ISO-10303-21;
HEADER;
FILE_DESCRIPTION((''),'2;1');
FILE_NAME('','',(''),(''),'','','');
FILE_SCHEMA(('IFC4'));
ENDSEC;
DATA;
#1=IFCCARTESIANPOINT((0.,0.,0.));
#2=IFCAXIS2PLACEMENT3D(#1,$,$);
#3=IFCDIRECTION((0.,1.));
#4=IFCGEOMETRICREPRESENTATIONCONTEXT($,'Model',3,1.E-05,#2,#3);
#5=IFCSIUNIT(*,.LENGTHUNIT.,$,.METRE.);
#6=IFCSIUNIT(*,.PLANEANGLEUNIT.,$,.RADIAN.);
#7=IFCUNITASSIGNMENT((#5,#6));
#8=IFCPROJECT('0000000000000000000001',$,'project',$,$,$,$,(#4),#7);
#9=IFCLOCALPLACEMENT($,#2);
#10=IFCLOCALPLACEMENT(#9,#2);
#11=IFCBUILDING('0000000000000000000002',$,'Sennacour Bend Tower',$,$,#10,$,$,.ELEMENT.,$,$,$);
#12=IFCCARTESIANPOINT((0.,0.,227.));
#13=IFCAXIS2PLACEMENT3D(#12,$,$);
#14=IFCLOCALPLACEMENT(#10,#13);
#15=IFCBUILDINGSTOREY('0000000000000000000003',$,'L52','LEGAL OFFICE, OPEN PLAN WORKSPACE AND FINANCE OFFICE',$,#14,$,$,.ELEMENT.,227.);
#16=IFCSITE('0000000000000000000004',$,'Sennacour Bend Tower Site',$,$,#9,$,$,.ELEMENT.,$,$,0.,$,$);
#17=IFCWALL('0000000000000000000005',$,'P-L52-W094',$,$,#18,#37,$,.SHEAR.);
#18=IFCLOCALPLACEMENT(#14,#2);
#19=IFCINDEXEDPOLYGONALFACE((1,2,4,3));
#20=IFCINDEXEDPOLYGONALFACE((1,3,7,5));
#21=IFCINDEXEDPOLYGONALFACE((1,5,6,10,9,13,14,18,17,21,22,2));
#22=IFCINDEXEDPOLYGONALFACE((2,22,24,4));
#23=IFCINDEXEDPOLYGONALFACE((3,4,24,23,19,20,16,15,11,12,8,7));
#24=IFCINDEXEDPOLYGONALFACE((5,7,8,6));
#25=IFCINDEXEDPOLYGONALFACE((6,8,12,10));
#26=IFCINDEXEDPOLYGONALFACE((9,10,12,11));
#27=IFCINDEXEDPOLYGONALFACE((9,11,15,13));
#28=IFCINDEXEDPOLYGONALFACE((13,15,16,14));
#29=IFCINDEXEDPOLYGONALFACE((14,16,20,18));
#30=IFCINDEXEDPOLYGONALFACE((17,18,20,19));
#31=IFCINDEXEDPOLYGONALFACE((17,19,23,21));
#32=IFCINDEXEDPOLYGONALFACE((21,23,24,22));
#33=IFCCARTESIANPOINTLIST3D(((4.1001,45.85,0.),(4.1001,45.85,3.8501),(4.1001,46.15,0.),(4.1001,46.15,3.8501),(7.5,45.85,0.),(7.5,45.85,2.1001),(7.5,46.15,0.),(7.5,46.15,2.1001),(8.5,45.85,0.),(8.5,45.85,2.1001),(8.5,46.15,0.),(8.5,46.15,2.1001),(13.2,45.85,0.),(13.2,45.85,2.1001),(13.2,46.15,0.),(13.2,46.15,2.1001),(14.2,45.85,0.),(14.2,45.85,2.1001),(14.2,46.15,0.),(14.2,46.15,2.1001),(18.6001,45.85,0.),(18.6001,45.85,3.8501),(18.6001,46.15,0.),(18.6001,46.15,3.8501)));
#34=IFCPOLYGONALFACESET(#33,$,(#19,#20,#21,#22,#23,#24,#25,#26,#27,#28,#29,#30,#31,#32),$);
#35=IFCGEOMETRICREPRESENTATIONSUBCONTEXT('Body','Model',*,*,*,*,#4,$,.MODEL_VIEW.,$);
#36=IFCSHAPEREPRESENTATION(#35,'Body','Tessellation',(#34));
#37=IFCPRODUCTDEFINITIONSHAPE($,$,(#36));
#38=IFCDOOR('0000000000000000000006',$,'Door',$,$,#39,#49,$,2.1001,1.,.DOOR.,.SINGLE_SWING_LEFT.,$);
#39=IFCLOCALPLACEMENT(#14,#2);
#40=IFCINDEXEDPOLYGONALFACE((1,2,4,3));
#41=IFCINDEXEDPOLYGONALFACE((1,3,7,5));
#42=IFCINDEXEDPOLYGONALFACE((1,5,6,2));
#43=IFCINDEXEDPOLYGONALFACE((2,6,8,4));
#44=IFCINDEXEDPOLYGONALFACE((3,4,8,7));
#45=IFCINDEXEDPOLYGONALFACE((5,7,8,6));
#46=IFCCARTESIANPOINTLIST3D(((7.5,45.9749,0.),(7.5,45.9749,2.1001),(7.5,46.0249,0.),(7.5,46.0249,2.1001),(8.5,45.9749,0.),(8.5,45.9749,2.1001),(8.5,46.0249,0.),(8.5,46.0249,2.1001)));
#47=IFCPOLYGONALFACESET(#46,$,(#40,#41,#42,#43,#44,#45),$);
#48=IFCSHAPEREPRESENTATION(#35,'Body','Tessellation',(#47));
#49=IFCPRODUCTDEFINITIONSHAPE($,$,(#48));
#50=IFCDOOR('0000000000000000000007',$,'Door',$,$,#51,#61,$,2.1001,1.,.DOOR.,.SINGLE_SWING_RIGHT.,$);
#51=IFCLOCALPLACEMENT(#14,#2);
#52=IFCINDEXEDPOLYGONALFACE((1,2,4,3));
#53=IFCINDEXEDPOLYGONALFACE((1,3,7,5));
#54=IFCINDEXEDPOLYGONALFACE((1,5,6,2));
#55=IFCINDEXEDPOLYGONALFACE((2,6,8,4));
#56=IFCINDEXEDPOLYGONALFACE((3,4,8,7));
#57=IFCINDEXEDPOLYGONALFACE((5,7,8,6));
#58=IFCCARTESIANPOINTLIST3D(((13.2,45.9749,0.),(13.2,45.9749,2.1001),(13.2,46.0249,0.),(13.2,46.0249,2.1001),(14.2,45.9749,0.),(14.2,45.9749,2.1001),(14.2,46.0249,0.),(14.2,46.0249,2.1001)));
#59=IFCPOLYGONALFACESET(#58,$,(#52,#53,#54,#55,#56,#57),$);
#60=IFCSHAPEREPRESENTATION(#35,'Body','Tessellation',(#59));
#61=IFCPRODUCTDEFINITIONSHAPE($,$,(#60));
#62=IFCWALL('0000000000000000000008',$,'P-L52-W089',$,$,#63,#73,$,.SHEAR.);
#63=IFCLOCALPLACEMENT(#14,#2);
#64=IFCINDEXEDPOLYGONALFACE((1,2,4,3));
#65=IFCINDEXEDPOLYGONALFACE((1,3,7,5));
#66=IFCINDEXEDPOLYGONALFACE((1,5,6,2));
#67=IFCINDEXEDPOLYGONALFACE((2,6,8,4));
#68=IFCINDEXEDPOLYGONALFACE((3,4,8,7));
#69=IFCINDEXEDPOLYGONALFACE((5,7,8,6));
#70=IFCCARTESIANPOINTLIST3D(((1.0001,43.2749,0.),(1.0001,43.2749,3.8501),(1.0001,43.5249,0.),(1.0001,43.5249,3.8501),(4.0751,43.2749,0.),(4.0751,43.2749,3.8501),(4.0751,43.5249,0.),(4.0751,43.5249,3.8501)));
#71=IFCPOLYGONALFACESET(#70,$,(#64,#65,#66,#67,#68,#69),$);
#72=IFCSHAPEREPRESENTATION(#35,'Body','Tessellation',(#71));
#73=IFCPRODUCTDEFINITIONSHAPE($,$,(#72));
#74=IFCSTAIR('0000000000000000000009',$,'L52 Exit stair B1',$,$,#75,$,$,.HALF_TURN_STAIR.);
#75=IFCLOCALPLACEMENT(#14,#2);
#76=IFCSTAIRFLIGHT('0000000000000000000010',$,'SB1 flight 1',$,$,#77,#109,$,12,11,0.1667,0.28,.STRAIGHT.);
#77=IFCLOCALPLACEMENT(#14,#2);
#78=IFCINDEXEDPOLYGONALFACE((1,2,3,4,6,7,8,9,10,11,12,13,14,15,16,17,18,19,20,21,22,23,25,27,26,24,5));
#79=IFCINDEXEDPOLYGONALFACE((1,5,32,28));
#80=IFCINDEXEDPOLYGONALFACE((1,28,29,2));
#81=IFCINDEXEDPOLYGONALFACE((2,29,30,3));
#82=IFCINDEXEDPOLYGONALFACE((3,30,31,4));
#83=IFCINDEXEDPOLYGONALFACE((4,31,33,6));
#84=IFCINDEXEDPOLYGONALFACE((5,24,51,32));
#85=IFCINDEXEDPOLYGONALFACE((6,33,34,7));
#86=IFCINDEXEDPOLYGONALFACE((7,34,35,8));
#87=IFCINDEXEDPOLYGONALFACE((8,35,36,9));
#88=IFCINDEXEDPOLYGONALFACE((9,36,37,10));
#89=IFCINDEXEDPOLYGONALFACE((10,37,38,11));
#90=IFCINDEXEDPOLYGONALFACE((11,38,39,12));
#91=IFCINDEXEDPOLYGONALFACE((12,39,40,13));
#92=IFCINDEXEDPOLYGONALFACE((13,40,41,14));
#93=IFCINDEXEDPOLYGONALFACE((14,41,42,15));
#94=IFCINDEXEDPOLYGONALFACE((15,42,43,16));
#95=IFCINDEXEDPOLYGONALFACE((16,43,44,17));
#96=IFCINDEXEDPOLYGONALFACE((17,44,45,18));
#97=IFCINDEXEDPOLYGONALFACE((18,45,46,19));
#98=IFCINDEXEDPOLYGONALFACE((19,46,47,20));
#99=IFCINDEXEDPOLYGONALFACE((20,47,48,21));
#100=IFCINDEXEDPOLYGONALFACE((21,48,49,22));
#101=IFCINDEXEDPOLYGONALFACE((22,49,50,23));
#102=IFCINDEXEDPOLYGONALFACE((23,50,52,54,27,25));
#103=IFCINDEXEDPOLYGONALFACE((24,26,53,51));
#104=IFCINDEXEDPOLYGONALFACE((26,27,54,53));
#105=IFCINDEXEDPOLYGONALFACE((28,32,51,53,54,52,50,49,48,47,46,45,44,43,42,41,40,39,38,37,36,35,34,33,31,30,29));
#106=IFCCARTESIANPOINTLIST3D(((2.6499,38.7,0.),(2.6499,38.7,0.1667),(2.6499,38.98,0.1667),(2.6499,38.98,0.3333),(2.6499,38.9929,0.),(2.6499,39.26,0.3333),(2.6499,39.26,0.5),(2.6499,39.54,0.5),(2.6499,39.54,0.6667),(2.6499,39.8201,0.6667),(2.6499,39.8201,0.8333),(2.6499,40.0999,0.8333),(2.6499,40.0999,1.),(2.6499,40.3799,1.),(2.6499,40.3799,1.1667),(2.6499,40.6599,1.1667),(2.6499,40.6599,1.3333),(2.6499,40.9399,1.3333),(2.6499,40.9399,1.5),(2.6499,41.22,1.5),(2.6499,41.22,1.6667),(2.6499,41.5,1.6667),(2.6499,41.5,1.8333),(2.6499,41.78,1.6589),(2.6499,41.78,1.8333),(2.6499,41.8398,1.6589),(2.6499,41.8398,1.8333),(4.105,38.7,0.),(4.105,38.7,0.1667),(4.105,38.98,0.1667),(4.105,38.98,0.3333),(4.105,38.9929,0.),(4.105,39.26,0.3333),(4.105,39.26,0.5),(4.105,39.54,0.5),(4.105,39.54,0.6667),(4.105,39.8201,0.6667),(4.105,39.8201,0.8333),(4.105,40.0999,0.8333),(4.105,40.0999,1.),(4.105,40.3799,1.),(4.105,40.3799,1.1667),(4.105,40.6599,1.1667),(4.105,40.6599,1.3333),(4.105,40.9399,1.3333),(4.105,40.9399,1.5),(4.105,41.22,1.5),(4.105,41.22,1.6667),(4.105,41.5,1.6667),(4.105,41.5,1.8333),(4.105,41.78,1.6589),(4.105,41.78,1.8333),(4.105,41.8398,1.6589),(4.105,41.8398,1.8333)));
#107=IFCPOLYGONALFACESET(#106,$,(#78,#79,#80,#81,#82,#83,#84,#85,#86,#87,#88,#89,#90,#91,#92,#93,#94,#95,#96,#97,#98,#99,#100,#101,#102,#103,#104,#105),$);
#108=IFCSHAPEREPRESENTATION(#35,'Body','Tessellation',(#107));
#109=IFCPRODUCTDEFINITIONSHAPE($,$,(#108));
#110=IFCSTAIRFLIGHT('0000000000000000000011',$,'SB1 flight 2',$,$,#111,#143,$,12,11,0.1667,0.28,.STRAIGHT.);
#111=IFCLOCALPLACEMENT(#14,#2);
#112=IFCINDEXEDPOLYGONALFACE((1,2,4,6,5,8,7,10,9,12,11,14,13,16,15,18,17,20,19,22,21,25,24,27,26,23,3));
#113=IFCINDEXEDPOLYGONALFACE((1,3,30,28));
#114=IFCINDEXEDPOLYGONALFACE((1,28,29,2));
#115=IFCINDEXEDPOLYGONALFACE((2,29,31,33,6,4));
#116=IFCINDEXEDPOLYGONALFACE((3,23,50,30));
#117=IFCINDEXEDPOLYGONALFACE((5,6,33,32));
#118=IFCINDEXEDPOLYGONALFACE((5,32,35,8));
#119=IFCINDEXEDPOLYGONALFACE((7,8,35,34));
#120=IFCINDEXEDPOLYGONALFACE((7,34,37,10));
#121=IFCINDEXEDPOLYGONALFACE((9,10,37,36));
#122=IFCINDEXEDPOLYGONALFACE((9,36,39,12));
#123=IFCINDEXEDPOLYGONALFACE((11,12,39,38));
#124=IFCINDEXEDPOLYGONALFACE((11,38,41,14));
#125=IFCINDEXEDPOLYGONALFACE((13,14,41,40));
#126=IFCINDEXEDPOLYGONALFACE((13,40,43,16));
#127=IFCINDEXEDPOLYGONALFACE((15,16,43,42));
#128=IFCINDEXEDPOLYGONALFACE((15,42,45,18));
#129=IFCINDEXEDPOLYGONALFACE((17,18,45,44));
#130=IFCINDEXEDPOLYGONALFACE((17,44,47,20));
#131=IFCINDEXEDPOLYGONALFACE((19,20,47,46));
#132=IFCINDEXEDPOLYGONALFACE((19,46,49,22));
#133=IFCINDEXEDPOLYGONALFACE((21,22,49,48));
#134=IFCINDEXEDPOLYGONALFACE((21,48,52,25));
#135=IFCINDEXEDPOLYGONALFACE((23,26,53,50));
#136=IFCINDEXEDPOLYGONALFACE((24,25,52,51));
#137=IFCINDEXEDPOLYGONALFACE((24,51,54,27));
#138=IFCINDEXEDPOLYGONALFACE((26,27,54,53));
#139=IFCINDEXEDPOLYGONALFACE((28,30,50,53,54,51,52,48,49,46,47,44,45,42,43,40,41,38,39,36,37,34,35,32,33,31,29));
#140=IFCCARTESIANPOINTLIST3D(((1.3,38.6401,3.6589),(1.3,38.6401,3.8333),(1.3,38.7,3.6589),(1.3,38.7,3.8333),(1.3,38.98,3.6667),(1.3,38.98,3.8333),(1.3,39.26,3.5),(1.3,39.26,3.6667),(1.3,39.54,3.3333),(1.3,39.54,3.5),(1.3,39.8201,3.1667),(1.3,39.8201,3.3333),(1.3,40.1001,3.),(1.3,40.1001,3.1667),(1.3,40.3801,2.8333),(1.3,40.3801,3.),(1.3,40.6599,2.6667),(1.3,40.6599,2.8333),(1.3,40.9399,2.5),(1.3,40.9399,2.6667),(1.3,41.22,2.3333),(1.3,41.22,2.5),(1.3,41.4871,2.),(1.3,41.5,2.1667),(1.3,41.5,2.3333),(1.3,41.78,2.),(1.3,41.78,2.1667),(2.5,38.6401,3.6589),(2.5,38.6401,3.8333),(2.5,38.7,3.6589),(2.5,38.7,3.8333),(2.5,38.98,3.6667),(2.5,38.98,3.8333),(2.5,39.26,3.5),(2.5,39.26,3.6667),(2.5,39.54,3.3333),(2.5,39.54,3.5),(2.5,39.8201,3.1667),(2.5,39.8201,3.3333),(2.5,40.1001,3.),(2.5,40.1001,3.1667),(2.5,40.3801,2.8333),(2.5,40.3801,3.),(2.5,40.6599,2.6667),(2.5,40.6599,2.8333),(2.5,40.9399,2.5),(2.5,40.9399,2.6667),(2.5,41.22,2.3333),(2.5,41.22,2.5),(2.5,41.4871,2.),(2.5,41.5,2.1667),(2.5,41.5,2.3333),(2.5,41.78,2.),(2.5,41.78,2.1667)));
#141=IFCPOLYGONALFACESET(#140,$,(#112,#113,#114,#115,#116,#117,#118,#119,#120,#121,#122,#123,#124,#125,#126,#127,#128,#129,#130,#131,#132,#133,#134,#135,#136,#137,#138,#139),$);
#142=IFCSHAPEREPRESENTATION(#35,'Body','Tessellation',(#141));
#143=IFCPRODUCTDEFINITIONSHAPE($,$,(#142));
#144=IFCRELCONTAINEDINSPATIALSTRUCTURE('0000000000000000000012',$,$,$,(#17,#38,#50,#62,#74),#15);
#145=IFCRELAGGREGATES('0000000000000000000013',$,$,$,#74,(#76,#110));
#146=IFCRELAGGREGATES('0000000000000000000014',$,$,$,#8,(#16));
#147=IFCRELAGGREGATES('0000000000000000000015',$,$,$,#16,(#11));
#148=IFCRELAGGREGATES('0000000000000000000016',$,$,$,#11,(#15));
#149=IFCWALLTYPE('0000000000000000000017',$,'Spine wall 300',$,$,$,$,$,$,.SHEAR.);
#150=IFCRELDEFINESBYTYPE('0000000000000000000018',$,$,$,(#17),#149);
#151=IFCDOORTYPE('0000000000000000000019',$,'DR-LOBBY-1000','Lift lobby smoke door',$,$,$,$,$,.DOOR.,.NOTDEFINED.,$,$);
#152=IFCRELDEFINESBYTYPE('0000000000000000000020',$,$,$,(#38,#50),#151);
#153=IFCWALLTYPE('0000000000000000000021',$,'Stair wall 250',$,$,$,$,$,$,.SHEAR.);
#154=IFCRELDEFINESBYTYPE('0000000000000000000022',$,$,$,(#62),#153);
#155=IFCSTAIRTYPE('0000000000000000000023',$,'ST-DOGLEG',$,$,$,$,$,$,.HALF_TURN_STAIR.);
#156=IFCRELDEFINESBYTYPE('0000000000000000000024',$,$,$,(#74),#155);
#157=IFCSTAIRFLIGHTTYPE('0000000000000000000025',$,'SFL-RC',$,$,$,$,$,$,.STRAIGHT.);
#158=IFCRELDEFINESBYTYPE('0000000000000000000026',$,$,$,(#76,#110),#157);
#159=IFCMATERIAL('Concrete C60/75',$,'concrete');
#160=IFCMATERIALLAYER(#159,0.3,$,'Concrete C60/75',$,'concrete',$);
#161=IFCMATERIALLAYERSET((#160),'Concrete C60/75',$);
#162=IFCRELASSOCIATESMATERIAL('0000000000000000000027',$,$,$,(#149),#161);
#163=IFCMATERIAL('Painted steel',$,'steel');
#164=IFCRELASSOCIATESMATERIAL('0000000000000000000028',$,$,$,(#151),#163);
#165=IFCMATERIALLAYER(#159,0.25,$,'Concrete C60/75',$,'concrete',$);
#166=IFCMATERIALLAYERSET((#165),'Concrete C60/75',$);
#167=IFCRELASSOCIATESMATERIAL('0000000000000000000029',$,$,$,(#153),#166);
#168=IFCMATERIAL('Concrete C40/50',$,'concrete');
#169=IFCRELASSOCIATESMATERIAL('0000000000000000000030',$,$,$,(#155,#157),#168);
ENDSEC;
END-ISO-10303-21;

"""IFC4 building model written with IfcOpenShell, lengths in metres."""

from ifc_helpers import new_model, si_unit, direction, frame, frame_2d, origin, place, context, subcontext, project, spatial, polyline, rectangle, outline, extrude, material, layer, layer_set, type_object, element, fill, aggregate, save


model = new_model("IFC4")

# Units and contexts
model_context = context("Model", 3, precision=1e-05, world=origin(), true_north=direction((0.0, 1.0)))
body_context = subcontext(model_context, "Body", "Model", "MODEL_VIEW")
ifc_project = project(units=[si_unit("LENGTHUNIT", "METRE"), si_unit("PLANEANGLEUNIT", "RADIAN")], contexts=[model_context])

# Site, building, storey
site_placement = place(None, origin())
site = spatial("IfcSite", under=ifc_project, at=site_placement, Name="Sennacour Bend Tower Site", CompositionType="ELEMENT", RefElevation=0.0)
building_placement = place(site_placement, origin())
building = spatial("IfcBuilding", under=site, at=building_placement, Name="Sennacour Bend Tower", CompositionType="ELEMENT")
storey_placement = place(building_placement, frame((0.0, 0.0, 227.0)))
storey = spatial("IfcBuildingStorey", under=building, at=storey_placement, Name="L52", Description="LEGAL OFFICE, OPEN PLAN WORKSPACE AND FINANCE OFFICE", CompositionType="ELEMENT", Elevation=227.0)

# Shared definitions
ifc_material_1 = material(Name="Concrete C60/75", Category="concrete")

# Shared definitions
ifc_material_2 = material(Name="Painted steel", Category="steel")

# Wall, openings, doors
ifc_layer_1 = layer(ifc_material_1, 0.3, Name="Concrete C60/75", Category="concrete")
ifc_layer_set_1 = layer_set([ifc_layer_1], Name="Concrete C60/75")
wall_type_1 = type_object("IfcWallType", Name="Spine wall 300", PredefinedType="SHEAR", material=ifc_layer_set_1)
wall_1_placement = place(storey_placement, frame((4.1001, 46.0, 0.0), z_axis=(0.0, 0.0, 1.0), x_axis=(1.0, 0.0, 0.0)))
wall_1 = element("IfcWall", 1, at=wall_1_placement, inside=storey, type_object=wall_type_1, Name="P-L52-W094", PredefinedType="SHEAR", context=body_context, shape_type="SweptSolid", body=[
    extrude(rectangle(XDim=14.5, YDim=0.3, at=frame_2d((7.25, 0.0))), origin(), (0.0, 0.0, 1.0), 3.8501),
])
opening_1_placement = place(wall_1_placement, frame((3.3999, 0.0, 0.0)))
opening_1 = element("IfcOpeningElement", 2, at=opening_1_placement, cuts=wall_1, PredefinedType="OPENING", context=body_context, shape_type="SweptSolid", body=[
    extrude(rectangle(XDim=1.0, YDim=2.1001, at=frame_2d((0.5, 1.05))), frame((0.0, 0.1602, 0.0), z_axis=(0.0, -1.0, 0.0), x_axis=(1.0, 0.0, 0.0)), (0.0, 0.0, 1.0), 0.3201),
])
opening_2_placement = place(wall_1_placement, frame((9.0999, 0.0, 0.0)))
opening_2 = element("IfcOpeningElement", 3, at=opening_2_placement, cuts=wall_1, PredefinedType="OPENING", context=body_context, shape_type="SweptSolid", body=[
    extrude(rectangle(XDim=1.0, YDim=2.1001, at=frame_2d((0.5, 1.05))), frame((0.0, 0.1602, 0.0), z_axis=(0.0, -1.0, 0.0), x_axis=(1.0, 0.0, 0.0)), (0.0, 0.0, 1.0), 0.3201),
])
door_type_1 = type_object("IfcDoorType", Name="DR-LOBBY-1000", Description="Lift lobby smoke door", OperationType="NOTDEFINED", PredefinedType="DOOR", material=ifc_material_2)
door_1_placement = place(opening_1_placement, origin())
door_1 = element("IfcDoor", 4, at=door_1_placement, inside=storey, type_object=door_type_1, Name="Door", OperationType="SINGLE_SWING_LEFT", OverallHeight=2.1001, OverallWidth=1.0, PredefinedType="DOOR", context=body_context, shape_type="SweptSolid", body=[
    extrude(rectangle(XDim=1.0, YDim=2.1001, at=frame_2d((0.5, 1.05))), frame((0.0, 0.0249, 0.0), z_axis=(0.0, -1.0, 0.0), x_axis=(1.0, 0.0, 0.0)), (0.0, 0.0, 1.0), 0.05),
])
fill(opening_1, door_1)
door_2_placement = place(opening_2_placement, origin())
door_2 = element("IfcDoor", 5, at=door_2_placement, inside=storey, type_object=door_type_1, Name="Door", OperationType="SINGLE_SWING_RIGHT", OverallHeight=2.1001, OverallWidth=1.0, PredefinedType="DOOR", context=body_context, shape_type="SweptSolid", body=[
    extrude(rectangle(XDim=1.0, YDim=2.1001, at=frame_2d((0.5, 1.05))), frame((0.0, 0.0249, 0.0), z_axis=(0.0, -1.0, 0.0), x_axis=(1.0, 0.0, 0.0)), (0.0, 0.0, 1.0), 0.05),
])
fill(opening_2, door_2)

# Wall
ifc_layer_2 = layer(ifc_material_1, 0.25, Name="Concrete C60/75", Category="concrete")
ifc_layer_set_2 = layer_set([ifc_layer_2], Name="Concrete C60/75")
wall_type_2 = type_object("IfcWallType", Name="Stair wall 250", PredefinedType="SHEAR", material=ifc_layer_set_2)
wall_2_placement = place(storey_placement, frame((1.0, 43.3999, 0.0), z_axis=(0.0, 0.0, 1.0), x_axis=(1.0, 0.0, 0.0)))
element("IfcWall", 6, at=wall_2_placement, inside=storey, type_object=wall_type_2, Name="P-L52-W089", PredefinedType="SHEAR", context=body_context, shape_type="SweptSolid", body=[
    extrude(rectangle(XDim=3.075, YDim=0.25, at=frame_2d((1.5376, 0.0))), origin(), (0.0, 0.0, 1.0), 3.8501),
])

# Stair, stair flights
ifc_material_3 = material(Name="Concrete C40/50", Category="concrete")
stair_type = type_object("IfcStairType", Name="ST-DOGLEG", PredefinedType="HALF_TURN_STAIR", material=ifc_material_3)
stair_placement = place(storey_placement, origin())
stair = element("IfcStair", 7, at=stair_placement, inside=storey, type_object=stair_type, Name="L52 Exit stair B1", PredefinedType="HALF_TURN_STAIR")
stair_flight_type = type_object("IfcStairFlightType", Name="SFL-RC", PredefinedType="STRAIGHT", material=ifc_material_3)
stair_flight_1_placement = place(storey_placement, frame((3.3774, 38.7, 0.0), z_axis=(0.0, 0.0, 1.0), x_axis=(0.0, 1.0, 0.0)))
stair_flight_1 = element("IfcStairFlight", 8, at=stair_flight_1_placement, type_object=stair_flight_type, Name="SB1 flight 1", NumberOfRisers=12, NumberOfTreads=11, PredefinedType="STRAIGHT", RiserHeight=0.1667, TreadLength=0.28, context=body_context, shape_type="SweptSolid", body=[
    extrude(outline(polyline([(0.0, 0.0), (0.0, 0.1667), (0.28, 0.1667), (0.28, 0.3333), (0.5601, 0.3333), (0.5601, 0.5), (0.8401, 0.5), (0.8401, 0.6667), (1.1201, 0.6667), (1.1201, 0.8333), (1.3999, 0.8333), (1.3999, 1.0), (1.6799, 1.0), (1.6799, 1.1667), (1.96, 1.1667), (1.96, 1.3333), (2.24, 1.3333), (2.24, 1.5), (2.52, 1.5), (2.52, 1.6667), (2.8, 1.6667), (2.8, 1.8333), (3.0801, 1.8333), (3.1399, 1.8333), (3.1399, 1.6589), (3.0801, 1.6589), (0.293, 0.0), (0.0, 0.0)])), frame((0.0, 0.7275, 0.0), z_axis=(0.0, -1.0, 0.0), x_axis=(1.0, 0.0, 0.0)), (0.0, 0.0, 1.0), 1.4551),
])
stair_flight_2_placement = place(storey_placement, frame((1.8999, 41.78, 2.0), z_axis=(0.0, 0.0, 1.0), x_axis=(0.0, -1.0, 0.0)))
stair_flight_2 = element("IfcStairFlight", 9, at=stair_flight_2_placement, type_object=stair_flight_type, Name="SB1 flight 2", NumberOfRisers=12, NumberOfTreads=11, PredefinedType="STRAIGHT", RiserHeight=0.1667, TreadLength=0.28, context=body_context, shape_type="SweptSolid", body=[
    extrude(outline(polyline([(0.0, 0.0), (0.0, 0.1667), (0.28, 0.1667), (0.28, 0.3333), (0.5601, 0.3333), (0.5601, 0.5), (0.8401, 0.5), (0.8401, 0.6667), (1.1201, 0.6667), (1.1201, 0.8333), (1.3999, 0.8333), (1.3999, 1.0), (1.6799, 1.0), (1.6799, 1.1667), (1.96, 1.1667), (1.96, 1.3333), (2.24, 1.3333), (2.24, 1.5), (2.52, 1.5), (2.52, 1.6667), (2.8, 1.6667), (2.8, 1.8333), (3.0801, 1.8333), (3.1399, 1.8333), (3.1399, 1.6589), (3.0801, 1.6589), (0.293, 0.0), (0.0, 0.0)])), frame((0.0, 0.6001, 0.0), z_axis=(0.0, -1.0, 0.0), x_axis=(1.0, 0.0, 0.0)), (0.0, 0.0, 1.0), 1.2),
])
aggregate(stair, [stair_flight_1, stair_flight_2])

save(model, "model.ifc")
